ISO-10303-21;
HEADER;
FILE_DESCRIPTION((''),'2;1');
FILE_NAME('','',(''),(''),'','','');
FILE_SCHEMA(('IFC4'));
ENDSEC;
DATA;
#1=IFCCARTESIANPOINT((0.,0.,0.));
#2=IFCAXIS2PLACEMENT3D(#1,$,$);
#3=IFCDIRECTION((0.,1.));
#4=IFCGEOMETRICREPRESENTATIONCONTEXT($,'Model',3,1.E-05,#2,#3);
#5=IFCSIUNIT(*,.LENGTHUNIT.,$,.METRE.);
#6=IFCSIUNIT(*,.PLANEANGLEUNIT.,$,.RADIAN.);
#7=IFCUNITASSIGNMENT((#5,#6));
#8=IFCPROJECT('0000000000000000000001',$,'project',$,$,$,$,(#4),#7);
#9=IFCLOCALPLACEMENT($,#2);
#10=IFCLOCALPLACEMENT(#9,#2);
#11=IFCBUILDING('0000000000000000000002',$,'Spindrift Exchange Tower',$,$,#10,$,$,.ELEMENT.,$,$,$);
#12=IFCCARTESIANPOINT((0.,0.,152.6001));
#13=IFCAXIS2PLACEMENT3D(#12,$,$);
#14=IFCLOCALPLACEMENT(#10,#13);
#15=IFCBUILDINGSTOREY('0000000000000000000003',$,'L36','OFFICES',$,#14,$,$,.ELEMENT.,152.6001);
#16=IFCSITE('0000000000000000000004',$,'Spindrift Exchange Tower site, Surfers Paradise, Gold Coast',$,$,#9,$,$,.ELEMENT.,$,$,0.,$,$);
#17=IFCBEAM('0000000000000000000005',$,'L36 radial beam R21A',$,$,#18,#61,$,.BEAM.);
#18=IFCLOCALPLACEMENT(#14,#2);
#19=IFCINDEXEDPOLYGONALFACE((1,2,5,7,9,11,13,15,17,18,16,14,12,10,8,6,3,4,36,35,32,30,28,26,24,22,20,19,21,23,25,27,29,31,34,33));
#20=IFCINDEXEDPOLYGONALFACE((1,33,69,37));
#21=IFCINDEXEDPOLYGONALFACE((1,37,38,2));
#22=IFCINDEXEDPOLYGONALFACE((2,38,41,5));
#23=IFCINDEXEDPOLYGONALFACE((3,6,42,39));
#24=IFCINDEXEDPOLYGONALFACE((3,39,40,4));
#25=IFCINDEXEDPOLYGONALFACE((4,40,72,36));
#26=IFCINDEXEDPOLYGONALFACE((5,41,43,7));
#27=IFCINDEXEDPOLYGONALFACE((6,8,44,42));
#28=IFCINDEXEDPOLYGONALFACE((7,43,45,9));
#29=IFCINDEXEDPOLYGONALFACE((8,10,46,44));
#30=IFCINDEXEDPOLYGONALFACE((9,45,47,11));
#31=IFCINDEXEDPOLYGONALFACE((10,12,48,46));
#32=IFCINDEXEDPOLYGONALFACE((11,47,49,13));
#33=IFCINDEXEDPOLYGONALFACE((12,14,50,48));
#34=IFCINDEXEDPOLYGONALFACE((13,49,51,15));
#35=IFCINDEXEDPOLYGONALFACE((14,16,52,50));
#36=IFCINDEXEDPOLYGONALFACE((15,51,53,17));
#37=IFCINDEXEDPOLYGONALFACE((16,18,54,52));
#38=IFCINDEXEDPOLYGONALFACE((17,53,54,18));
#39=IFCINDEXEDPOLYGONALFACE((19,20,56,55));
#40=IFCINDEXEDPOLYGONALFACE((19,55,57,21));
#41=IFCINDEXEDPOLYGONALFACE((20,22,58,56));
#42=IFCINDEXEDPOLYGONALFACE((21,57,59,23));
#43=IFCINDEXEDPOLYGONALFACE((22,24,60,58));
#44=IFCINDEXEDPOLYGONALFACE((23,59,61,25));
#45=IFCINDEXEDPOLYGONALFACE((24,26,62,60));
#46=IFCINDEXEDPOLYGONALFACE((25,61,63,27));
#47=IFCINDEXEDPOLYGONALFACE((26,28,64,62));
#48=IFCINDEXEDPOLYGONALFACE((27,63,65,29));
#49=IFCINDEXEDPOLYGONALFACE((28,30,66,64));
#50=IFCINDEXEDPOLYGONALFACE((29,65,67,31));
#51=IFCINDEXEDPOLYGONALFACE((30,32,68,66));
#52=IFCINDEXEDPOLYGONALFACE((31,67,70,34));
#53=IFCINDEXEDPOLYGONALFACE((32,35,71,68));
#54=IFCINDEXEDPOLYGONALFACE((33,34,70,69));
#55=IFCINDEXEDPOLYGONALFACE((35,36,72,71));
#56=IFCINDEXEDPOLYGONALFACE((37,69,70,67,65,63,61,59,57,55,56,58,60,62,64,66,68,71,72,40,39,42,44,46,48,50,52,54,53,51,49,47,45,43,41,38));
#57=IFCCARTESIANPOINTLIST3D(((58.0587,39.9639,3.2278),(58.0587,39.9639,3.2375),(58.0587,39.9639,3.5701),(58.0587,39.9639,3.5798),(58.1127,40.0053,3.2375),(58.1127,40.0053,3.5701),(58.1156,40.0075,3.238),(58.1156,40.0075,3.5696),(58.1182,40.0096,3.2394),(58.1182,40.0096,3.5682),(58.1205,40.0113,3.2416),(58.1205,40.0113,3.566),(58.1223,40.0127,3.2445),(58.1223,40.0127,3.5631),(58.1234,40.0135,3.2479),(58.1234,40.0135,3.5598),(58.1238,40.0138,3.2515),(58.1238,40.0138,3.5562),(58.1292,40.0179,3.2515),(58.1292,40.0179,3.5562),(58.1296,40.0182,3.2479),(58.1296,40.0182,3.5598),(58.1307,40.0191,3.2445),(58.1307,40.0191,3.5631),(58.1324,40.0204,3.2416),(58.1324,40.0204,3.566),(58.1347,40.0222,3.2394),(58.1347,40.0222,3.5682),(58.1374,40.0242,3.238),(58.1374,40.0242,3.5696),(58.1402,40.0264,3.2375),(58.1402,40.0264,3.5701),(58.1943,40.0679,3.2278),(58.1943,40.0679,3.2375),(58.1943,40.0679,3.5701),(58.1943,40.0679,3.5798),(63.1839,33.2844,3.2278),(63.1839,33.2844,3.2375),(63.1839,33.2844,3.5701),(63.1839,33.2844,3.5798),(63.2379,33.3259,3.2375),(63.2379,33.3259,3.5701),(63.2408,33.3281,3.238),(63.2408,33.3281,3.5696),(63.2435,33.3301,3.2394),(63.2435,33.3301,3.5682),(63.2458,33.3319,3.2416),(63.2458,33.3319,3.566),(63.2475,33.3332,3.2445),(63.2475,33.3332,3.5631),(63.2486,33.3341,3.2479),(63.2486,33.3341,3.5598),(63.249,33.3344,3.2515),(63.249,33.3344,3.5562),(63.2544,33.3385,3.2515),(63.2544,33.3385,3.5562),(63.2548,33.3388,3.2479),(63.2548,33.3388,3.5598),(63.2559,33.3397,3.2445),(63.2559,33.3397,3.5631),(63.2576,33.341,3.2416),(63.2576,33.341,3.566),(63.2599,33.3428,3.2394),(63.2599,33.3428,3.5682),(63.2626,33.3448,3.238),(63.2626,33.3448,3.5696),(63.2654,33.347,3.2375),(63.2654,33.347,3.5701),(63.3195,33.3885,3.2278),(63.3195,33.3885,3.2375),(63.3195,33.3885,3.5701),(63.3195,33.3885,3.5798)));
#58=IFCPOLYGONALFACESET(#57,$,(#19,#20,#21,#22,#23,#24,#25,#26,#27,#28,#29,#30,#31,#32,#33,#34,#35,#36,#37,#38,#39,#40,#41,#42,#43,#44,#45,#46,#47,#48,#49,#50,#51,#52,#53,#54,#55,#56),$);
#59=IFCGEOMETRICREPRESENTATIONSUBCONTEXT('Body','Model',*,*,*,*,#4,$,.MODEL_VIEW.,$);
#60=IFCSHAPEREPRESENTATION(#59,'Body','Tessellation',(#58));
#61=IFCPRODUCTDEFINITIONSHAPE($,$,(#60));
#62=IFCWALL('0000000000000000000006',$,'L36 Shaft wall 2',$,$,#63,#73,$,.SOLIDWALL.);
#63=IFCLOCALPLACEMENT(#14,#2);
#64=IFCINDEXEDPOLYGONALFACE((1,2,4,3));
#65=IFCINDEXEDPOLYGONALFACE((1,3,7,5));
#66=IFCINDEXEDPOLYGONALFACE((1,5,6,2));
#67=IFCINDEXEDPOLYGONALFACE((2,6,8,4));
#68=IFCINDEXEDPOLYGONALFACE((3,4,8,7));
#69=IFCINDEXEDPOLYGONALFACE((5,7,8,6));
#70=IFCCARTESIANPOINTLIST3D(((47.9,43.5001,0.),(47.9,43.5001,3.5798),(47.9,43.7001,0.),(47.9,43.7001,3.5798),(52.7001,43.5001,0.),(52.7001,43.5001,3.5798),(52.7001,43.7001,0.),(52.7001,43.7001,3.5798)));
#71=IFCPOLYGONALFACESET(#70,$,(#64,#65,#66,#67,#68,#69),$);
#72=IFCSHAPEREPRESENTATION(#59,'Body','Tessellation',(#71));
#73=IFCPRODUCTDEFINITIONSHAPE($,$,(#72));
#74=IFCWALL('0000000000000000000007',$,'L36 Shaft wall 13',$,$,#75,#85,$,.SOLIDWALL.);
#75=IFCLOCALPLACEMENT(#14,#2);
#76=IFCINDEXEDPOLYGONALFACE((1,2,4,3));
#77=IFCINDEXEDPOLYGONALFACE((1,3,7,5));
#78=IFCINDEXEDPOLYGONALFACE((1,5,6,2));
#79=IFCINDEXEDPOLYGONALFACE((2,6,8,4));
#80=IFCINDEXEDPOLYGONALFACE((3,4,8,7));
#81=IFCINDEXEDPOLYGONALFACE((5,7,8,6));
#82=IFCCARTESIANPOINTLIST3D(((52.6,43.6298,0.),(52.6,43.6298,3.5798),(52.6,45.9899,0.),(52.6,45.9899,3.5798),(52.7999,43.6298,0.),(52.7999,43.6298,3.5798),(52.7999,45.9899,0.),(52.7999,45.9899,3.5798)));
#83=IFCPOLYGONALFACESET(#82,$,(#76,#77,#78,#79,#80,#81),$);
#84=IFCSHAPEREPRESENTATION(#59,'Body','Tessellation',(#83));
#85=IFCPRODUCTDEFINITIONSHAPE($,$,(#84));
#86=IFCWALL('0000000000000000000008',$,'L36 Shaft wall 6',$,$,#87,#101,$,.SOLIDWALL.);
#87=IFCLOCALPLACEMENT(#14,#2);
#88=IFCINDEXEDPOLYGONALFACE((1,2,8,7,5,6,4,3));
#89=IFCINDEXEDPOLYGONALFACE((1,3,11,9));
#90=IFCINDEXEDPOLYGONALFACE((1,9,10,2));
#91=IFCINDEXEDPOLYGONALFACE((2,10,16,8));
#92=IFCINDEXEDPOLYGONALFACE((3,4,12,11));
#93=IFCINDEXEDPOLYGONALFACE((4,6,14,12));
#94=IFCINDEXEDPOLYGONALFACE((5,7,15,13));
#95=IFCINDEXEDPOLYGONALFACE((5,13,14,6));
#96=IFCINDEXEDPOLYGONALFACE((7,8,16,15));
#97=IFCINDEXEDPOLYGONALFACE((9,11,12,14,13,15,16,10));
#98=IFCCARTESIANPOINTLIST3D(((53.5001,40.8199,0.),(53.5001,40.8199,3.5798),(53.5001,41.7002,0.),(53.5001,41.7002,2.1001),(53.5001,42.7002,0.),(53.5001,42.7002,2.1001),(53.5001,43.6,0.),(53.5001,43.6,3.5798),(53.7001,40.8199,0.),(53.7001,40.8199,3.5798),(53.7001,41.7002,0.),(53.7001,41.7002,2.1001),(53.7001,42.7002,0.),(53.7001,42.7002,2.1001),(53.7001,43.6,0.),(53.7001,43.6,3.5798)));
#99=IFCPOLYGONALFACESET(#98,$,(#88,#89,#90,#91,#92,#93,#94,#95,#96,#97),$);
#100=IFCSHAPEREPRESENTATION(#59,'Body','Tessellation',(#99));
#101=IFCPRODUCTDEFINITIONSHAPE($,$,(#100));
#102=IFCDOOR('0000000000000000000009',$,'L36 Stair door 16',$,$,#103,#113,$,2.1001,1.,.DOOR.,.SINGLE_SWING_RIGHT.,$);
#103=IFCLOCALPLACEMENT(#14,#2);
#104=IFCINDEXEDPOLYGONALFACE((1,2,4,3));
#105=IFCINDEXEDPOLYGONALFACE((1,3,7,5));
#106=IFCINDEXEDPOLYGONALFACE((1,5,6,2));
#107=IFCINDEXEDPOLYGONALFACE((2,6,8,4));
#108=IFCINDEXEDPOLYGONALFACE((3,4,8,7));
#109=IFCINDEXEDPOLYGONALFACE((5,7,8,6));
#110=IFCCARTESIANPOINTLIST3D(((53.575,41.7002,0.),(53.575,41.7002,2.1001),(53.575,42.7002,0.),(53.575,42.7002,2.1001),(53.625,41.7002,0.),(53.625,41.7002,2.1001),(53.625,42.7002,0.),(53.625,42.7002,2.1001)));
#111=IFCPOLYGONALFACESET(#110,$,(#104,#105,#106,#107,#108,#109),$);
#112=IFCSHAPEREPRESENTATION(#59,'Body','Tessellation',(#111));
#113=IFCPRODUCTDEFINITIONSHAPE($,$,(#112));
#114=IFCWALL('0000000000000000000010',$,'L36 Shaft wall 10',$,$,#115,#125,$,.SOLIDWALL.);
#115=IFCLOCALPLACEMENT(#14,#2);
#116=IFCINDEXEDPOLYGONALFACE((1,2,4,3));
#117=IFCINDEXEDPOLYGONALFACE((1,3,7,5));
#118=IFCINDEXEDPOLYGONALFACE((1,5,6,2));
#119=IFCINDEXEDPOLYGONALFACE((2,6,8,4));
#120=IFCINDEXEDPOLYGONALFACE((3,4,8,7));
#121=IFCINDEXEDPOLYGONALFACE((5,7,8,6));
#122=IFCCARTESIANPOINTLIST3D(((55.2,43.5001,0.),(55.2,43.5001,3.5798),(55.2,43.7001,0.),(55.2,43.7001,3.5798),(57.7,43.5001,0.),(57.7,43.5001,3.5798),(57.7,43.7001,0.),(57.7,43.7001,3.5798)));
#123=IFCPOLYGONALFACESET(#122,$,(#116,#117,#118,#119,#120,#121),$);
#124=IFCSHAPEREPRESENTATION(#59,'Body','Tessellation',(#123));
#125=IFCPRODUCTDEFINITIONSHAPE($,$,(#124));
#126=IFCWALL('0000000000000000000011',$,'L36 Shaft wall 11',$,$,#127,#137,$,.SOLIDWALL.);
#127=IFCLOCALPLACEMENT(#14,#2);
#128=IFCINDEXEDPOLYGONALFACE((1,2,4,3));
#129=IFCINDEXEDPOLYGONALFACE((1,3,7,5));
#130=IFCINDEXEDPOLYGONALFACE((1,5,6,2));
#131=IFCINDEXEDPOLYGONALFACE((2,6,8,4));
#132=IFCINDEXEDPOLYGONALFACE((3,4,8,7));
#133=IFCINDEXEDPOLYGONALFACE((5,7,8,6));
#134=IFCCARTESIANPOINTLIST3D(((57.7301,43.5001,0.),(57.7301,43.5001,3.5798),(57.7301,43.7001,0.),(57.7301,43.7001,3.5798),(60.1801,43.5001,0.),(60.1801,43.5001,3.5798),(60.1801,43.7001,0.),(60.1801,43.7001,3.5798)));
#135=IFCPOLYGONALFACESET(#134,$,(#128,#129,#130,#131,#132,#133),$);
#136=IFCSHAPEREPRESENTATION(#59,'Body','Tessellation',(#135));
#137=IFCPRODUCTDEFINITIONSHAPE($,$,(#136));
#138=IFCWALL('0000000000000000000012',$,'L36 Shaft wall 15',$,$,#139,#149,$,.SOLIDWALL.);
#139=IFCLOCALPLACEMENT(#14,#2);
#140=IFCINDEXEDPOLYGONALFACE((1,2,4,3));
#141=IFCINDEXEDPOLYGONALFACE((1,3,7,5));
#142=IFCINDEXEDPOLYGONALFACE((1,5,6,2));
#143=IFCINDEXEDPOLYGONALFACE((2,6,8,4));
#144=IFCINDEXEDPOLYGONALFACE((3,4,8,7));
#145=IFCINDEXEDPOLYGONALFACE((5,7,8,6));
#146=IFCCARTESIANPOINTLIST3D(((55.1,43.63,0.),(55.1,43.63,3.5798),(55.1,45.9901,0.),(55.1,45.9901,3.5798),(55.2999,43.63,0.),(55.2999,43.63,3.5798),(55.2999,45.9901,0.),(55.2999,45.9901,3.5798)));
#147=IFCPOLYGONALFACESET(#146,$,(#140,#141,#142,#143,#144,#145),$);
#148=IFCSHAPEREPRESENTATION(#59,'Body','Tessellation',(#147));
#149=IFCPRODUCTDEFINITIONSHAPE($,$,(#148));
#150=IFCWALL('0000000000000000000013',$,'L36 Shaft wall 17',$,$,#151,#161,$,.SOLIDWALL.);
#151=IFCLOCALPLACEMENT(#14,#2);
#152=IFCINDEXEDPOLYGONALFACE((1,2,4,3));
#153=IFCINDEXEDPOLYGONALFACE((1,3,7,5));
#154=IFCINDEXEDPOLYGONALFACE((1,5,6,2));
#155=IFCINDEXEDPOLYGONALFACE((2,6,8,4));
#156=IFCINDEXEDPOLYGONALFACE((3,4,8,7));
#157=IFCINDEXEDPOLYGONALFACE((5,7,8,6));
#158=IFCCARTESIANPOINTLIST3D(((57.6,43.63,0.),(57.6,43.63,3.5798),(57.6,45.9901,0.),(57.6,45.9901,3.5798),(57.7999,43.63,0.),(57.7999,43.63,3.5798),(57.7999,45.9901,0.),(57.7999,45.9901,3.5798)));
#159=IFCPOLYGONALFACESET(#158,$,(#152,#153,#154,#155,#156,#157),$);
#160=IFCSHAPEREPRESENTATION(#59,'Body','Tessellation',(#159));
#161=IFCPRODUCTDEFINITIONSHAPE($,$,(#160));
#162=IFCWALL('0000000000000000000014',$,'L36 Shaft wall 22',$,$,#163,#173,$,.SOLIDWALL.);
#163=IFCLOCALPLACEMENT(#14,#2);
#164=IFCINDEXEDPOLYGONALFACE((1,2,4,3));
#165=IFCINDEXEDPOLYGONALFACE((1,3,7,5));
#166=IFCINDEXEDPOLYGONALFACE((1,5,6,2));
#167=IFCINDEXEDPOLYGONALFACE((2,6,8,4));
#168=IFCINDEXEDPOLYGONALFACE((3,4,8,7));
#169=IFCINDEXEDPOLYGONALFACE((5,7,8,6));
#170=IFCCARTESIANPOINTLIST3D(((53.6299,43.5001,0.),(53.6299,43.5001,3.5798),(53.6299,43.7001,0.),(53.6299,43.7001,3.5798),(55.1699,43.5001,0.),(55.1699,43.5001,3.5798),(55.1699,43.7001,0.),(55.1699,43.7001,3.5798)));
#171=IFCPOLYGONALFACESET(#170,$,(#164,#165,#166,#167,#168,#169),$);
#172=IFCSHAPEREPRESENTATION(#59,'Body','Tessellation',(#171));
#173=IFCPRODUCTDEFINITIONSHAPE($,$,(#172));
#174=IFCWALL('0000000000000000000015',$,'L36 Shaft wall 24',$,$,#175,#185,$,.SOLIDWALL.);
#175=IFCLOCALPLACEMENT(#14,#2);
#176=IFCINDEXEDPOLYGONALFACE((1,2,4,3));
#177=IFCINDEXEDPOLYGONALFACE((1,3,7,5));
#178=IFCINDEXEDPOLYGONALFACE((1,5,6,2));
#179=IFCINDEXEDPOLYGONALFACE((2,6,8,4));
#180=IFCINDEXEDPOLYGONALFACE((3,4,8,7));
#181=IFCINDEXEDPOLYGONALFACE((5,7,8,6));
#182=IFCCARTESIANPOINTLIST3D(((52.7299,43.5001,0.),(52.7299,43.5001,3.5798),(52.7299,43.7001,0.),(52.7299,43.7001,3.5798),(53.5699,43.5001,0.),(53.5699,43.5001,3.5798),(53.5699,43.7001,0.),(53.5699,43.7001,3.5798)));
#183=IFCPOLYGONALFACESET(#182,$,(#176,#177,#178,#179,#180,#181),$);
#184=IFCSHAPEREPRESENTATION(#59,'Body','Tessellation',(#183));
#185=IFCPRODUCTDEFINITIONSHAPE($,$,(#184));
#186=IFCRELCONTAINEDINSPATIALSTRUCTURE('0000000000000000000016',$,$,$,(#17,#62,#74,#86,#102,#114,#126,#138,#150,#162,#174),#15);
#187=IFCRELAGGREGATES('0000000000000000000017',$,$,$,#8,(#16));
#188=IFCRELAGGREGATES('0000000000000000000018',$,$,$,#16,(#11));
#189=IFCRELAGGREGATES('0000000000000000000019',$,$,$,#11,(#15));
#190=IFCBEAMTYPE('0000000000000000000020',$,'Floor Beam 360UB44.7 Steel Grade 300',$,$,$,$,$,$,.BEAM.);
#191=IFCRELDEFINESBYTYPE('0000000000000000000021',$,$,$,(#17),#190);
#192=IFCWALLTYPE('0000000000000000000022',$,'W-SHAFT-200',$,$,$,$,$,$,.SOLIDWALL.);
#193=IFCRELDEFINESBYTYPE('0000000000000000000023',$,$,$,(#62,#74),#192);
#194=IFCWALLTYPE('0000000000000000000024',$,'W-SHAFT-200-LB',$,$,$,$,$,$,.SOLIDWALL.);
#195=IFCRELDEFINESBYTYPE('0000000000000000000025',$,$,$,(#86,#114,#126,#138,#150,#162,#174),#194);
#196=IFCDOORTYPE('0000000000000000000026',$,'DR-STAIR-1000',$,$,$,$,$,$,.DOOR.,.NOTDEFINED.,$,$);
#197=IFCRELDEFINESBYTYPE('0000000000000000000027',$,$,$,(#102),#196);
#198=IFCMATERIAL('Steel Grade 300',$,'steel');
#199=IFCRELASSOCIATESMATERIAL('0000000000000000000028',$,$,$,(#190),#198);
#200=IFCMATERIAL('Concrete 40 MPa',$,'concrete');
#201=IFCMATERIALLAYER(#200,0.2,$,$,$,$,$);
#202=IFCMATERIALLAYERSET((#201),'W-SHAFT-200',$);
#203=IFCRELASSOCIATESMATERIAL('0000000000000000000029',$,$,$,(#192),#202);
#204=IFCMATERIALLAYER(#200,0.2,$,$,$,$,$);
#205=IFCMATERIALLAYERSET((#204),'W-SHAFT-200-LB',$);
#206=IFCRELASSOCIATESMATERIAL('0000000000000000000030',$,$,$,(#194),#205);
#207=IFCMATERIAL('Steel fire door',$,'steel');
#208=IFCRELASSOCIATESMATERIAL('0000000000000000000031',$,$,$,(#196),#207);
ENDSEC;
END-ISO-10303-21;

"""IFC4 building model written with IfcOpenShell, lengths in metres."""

from ifc_helpers import new_model, si_unit, direction, frame, frame_2d, origin, origin_2d, place, context, subcontext, project, spatial, rectangle, i_section, extrude, source, transform, mapped, material, layer, layer_set, material_profile, profile_set, type_object, element, fill, save


model = new_model("IFC4")

# Units and contexts
model_context = context("Model", 3, precision=1e-05, world=origin(), true_north=direction((0.0, 1.0)))
body_context = subcontext(model_context, "Body", "Model", "MODEL_VIEW")
ifc_project = project(units=[si_unit("LENGTHUNIT", "METRE"), si_unit("PLANEANGLEUNIT", "RADIAN")], contexts=[model_context])

# Site, building, storey
site_placement = place(None, origin())
site = spatial("IfcSite", under=ifc_project, at=site_placement, Name="Spindrift Exchange Tower site, Surfers Paradise, Gold Coast", CompositionType="ELEMENT", RefElevation=0.0)
building_placement = place(site_placement, origin())
building = spatial("IfcBuilding", under=site, at=building_placement, Name="Spindrift Exchange Tower", CompositionType="ELEMENT")
storey_placement = place(building_placement, frame((0.0, 0.0, 152.6001)))
storey = spatial("IfcBuildingStorey", under=building, at=storey_placement, Name="L36", Description="OFFICES", CompositionType="ELEMENT", Elevation=152.6001)

# Beam
ifc_material_1 = material(Name="Steel Grade 300", Category="steel")
ifc_material_profile_1 = material_profile(ifc_material_1, i_section(OverallWidth=0.1709, OverallDepth=0.3521, WebThickness=0.0068, FlangeThickness=0.0098, FilletRadius=0.0139, at=origin_2d()), Name="360UB44.7")
ifc_profile_set_1 = profile_set([ifc_material_profile_1], Name="Steel Grade 300")
beam_type_1 = type_object("IfcBeamType", Name="Floor Beam 360UB44.7 Steel Grade 300", PredefinedType="BEAM", material=ifc_profile_set_1)
shared_shape_1 = source(origin(), body_context, "Body", "SweptSolid", [
    extrude(i_section(OverallWidth=0.1709, OverallDepth=0.3521, WebThickness=0.0068, FlangeThickness=0.0098, FilletRadius=0.0139, at=origin_2d()), origin(), (0.0, 0.0, 1.0), 8.4192),
])
beam_1_placement = place(storey_placement, frame((58.1265, 40.0159, 3.4038), z_axis=(0.608756, -0.793358, 0.0), x_axis=(0.793358, 0.608756, 0.0)))
element("IfcBeam", 1, at=beam_1_placement, inside=storey, type_object=beam_type_1, Name="L36 radial beam R21A", PredefinedType="BEAM", context=body_context, shape_type="MappedRepresentation", body=[
    mapped(shared_shape_1, transform((0.0, 0.0, 0.0), scale=1.0)),
])

# Walls
ifc_material_2 = material(Name="Concrete 40 MPa", Category="concrete")
ifc_layer_1 = layer(ifc_material_2, 0.2)
ifc_layer_set_1 = layer_set([ifc_layer_1], Name="W-SHAFT-200")
wall_type_1 = type_object("IfcWallType", Name="W-SHAFT-200", PredefinedType="SOLIDWALL", material=ifc_layer_set_1)
wall_1_placement = place(storey_placement, frame((52.7, 43.6001, 0.0), z_axis=(0.0, 0.0, 1.0), x_axis=(-1.0, 0.0, 0.0)))
element("IfcWall", 2, at=wall_1_placement, inside=storey, type_object=wall_type_1, Name="L36 Shaft wall 2", PredefinedType="SOLIDWALL", context=body_context, shape_type="SweptSolid", body=[
    extrude(rectangle(XDim=4.8, YDim=0.2, at=frame_2d((2.3999, 0.0))), origin(), (0.0, 0.0, 1.0), 3.5798),
])
wall_2_placement = place(storey_placement, frame((52.7, 45.99, 0.0), z_axis=(0.0, 0.0, 1.0), x_axis=(0.0, -1.0, 0.0)))
element("IfcWall", 3, at=wall_2_placement, inside=storey, type_object=wall_type_1, Name="L36 Shaft wall 13", PredefinedType="SOLIDWALL", context=body_context, shape_type="SweptSolid", body=[
    extrude(rectangle(XDim=2.3601, YDim=0.2, at=frame_2d((1.1802, 0.0))), origin(), (0.0, 0.0, 1.0), 3.5798),
])

# Wall, opening, door
ifc_layer_2 = layer(ifc_material_2, 0.2)
ifc_layer_set_2 = layer_set([ifc_layer_2], Name="W-SHAFT-200-LB")
wall_type_2 = type_object("IfcWallType", Name="W-SHAFT-200-LB", PredefinedType="SOLIDWALL", material=ifc_layer_set_2)
wall_3_placement = place(storey_placement, frame((53.6001, 43.6001, 0.0), z_axis=(0.0, 0.0, 1.0), x_axis=(0.0, -1.0, 0.0)))
wall_3 = element("IfcWall", 4, at=wall_3_placement, inside=storey, type_object=wall_type_2, Name="L36 Shaft wall 6", PredefinedType="SOLIDWALL", context=body_context, shape_type="SweptSolid", body=[
    extrude(rectangle(XDim=2.78, YDim=0.2, at=frame_2d((1.3901, 0.0))), origin(), (0.0, 0.0, 1.0), 3.5798),
])
opening_placement = place(wall_3_placement, frame((0.8999, 0.0, 0.0)))
opening = element("IfcOpeningElement", 5, at=opening_placement, cuts=wall_3, PredefinedType="OPENING", context=body_context, shape_type="SweptSolid", body=[
    extrude(rectangle(XDim=1.0, YDim=2.1001, at=frame_2d((0.5, 1.05))), frame((0.0, 0.1099, 0.0), z_axis=(0.0, -1.0, 0.0), x_axis=(1.0, 0.0, 0.0)), (0.0, 0.0, 1.0), 0.22),
])
ifc_material_3 = material(Name="Steel fire door", Category="steel")
door_type = type_object("IfcDoorType", Name="DR-STAIR-1000", OperationType="NOTDEFINED", PredefinedType="DOOR", material=ifc_material_3)
shared_shape_2 = source(origin(), body_context, "Body", "SweptSolid", [
    extrude(rectangle(XDim=1.0, YDim=2.1001, at=frame_2d((0.5, 1.05))), frame((0.0, 0.0249, 0.0), z_axis=(0.0, -1.0, 0.0), x_axis=(1.0, 0.0, 0.0)), (0.0, 0.0, 1.0), 0.05),
])
door_placement = place(opening_placement, origin())
door = element("IfcDoor", 6, at=door_placement, inside=storey, type_object=door_type, Name="L36 Stair door 16", OperationType="SINGLE_SWING_RIGHT", OverallHeight=2.1001, OverallWidth=1.0, PredefinedType="DOOR", context=body_context, shape_type="MappedRepresentation", body=[
    mapped(shared_shape_2, transform((0.0, 0.0, 0.0), scale=1.0)),
])
fill(opening, door)

# Walls
wall_4_placement = place(storey_placement, frame((55.2, 43.6001, 0.0), z_axis=(0.0, 0.0, 1.0), x_axis=(1.0, 0.0, 0.0)))
element("IfcWall", 7, at=wall_4_placement, inside=storey, type_object=wall_type_2, Name="L36 Shaft wall 10", PredefinedType="SOLIDWALL", context=body_context, shape_type="SweptSolid", body=[
    extrude(rectangle(XDim=2.5, YDim=0.2, at=frame_2d((1.25, 0.0))), origin(), (0.0, 0.0, 1.0), 3.5798),
])
wall_5_placement = place(storey_placement, frame((57.73, 43.6001, 0.0), z_axis=(0.0, 0.0, 1.0), x_axis=(1.0, 0.0, 0.0)))
element("IfcWall", 8, at=wall_5_placement, inside=storey, type_object=wall_type_2, Name="L36 Shaft wall 11", PredefinedType="SOLIDWALL", context=body_context, shape_type="SweptSolid", body=[
    extrude(rectangle(XDim=2.45, YDim=0.2, at=frame_2d((1.2251, 0.0))), origin(), (0.0, 0.0, 1.0), 3.5798),
])
for number, where, z_axis, x_axis, name in (
    (9, (55.2, 43.6299, 0.0), (0.0, 0.0, 1.0), (0.0, 1.0, 0.0), "L36 Shaft wall 15"),
    (10, (57.7, 43.6299, 0.0), (0.0, 0.0, 1.0), (0.0, 1.0, 0.0), "L36 Shaft wall 17"),
):
    element("IfcWall", number, at=place(storey_placement, frame(where, z_axis=z_axis, x_axis=x_axis)), inside=storey, type_object=wall_type_2, Name=name, PredefinedType="SOLIDWALL", context=body_context, shape_type="SweptSolid", body=[
        extrude(rectangle(XDim=2.3601, YDim=0.2, at=frame_2d((1.1802, 0.0))), origin(), (0.0, 0.0, 1.0), 3.5798),
    ])
wall_6_placement = place(storey_placement, frame((53.6299, 43.6001, 0.0), z_axis=(0.0, 0.0, 1.0), x_axis=(1.0, 0.0, 0.0)))
element("IfcWall", 11, at=wall_6_placement, inside=storey, type_object=wall_type_2, Name="L36 Shaft wall 22", PredefinedType="SOLIDWALL", context=body_context, shape_type="SweptSolid", body=[
    extrude(rectangle(XDim=1.54, YDim=0.2, at=frame_2d((0.77, 0.0))), origin(), (0.0, 0.0, 1.0), 3.5798),
])
wall_7_placement = place(storey_placement, frame((52.73, 43.6001, 0.0), z_axis=(0.0, 0.0, 1.0), x_axis=(1.0, 0.0, 0.0)))
element("IfcWall", 12, at=wall_7_placement, inside=storey, type_object=wall_type_2, Name="L36 Shaft wall 24", PredefinedType="SOLIDWALL", context=body_context, shape_type="SweptSolid", body=[
    extrude(rectangle(XDim=0.8401, YDim=0.2, at=frame_2d((0.4199, 0.0))), origin(), (0.0, 0.0, 1.0), 3.5798),
])

save(model, "model.ifc")
